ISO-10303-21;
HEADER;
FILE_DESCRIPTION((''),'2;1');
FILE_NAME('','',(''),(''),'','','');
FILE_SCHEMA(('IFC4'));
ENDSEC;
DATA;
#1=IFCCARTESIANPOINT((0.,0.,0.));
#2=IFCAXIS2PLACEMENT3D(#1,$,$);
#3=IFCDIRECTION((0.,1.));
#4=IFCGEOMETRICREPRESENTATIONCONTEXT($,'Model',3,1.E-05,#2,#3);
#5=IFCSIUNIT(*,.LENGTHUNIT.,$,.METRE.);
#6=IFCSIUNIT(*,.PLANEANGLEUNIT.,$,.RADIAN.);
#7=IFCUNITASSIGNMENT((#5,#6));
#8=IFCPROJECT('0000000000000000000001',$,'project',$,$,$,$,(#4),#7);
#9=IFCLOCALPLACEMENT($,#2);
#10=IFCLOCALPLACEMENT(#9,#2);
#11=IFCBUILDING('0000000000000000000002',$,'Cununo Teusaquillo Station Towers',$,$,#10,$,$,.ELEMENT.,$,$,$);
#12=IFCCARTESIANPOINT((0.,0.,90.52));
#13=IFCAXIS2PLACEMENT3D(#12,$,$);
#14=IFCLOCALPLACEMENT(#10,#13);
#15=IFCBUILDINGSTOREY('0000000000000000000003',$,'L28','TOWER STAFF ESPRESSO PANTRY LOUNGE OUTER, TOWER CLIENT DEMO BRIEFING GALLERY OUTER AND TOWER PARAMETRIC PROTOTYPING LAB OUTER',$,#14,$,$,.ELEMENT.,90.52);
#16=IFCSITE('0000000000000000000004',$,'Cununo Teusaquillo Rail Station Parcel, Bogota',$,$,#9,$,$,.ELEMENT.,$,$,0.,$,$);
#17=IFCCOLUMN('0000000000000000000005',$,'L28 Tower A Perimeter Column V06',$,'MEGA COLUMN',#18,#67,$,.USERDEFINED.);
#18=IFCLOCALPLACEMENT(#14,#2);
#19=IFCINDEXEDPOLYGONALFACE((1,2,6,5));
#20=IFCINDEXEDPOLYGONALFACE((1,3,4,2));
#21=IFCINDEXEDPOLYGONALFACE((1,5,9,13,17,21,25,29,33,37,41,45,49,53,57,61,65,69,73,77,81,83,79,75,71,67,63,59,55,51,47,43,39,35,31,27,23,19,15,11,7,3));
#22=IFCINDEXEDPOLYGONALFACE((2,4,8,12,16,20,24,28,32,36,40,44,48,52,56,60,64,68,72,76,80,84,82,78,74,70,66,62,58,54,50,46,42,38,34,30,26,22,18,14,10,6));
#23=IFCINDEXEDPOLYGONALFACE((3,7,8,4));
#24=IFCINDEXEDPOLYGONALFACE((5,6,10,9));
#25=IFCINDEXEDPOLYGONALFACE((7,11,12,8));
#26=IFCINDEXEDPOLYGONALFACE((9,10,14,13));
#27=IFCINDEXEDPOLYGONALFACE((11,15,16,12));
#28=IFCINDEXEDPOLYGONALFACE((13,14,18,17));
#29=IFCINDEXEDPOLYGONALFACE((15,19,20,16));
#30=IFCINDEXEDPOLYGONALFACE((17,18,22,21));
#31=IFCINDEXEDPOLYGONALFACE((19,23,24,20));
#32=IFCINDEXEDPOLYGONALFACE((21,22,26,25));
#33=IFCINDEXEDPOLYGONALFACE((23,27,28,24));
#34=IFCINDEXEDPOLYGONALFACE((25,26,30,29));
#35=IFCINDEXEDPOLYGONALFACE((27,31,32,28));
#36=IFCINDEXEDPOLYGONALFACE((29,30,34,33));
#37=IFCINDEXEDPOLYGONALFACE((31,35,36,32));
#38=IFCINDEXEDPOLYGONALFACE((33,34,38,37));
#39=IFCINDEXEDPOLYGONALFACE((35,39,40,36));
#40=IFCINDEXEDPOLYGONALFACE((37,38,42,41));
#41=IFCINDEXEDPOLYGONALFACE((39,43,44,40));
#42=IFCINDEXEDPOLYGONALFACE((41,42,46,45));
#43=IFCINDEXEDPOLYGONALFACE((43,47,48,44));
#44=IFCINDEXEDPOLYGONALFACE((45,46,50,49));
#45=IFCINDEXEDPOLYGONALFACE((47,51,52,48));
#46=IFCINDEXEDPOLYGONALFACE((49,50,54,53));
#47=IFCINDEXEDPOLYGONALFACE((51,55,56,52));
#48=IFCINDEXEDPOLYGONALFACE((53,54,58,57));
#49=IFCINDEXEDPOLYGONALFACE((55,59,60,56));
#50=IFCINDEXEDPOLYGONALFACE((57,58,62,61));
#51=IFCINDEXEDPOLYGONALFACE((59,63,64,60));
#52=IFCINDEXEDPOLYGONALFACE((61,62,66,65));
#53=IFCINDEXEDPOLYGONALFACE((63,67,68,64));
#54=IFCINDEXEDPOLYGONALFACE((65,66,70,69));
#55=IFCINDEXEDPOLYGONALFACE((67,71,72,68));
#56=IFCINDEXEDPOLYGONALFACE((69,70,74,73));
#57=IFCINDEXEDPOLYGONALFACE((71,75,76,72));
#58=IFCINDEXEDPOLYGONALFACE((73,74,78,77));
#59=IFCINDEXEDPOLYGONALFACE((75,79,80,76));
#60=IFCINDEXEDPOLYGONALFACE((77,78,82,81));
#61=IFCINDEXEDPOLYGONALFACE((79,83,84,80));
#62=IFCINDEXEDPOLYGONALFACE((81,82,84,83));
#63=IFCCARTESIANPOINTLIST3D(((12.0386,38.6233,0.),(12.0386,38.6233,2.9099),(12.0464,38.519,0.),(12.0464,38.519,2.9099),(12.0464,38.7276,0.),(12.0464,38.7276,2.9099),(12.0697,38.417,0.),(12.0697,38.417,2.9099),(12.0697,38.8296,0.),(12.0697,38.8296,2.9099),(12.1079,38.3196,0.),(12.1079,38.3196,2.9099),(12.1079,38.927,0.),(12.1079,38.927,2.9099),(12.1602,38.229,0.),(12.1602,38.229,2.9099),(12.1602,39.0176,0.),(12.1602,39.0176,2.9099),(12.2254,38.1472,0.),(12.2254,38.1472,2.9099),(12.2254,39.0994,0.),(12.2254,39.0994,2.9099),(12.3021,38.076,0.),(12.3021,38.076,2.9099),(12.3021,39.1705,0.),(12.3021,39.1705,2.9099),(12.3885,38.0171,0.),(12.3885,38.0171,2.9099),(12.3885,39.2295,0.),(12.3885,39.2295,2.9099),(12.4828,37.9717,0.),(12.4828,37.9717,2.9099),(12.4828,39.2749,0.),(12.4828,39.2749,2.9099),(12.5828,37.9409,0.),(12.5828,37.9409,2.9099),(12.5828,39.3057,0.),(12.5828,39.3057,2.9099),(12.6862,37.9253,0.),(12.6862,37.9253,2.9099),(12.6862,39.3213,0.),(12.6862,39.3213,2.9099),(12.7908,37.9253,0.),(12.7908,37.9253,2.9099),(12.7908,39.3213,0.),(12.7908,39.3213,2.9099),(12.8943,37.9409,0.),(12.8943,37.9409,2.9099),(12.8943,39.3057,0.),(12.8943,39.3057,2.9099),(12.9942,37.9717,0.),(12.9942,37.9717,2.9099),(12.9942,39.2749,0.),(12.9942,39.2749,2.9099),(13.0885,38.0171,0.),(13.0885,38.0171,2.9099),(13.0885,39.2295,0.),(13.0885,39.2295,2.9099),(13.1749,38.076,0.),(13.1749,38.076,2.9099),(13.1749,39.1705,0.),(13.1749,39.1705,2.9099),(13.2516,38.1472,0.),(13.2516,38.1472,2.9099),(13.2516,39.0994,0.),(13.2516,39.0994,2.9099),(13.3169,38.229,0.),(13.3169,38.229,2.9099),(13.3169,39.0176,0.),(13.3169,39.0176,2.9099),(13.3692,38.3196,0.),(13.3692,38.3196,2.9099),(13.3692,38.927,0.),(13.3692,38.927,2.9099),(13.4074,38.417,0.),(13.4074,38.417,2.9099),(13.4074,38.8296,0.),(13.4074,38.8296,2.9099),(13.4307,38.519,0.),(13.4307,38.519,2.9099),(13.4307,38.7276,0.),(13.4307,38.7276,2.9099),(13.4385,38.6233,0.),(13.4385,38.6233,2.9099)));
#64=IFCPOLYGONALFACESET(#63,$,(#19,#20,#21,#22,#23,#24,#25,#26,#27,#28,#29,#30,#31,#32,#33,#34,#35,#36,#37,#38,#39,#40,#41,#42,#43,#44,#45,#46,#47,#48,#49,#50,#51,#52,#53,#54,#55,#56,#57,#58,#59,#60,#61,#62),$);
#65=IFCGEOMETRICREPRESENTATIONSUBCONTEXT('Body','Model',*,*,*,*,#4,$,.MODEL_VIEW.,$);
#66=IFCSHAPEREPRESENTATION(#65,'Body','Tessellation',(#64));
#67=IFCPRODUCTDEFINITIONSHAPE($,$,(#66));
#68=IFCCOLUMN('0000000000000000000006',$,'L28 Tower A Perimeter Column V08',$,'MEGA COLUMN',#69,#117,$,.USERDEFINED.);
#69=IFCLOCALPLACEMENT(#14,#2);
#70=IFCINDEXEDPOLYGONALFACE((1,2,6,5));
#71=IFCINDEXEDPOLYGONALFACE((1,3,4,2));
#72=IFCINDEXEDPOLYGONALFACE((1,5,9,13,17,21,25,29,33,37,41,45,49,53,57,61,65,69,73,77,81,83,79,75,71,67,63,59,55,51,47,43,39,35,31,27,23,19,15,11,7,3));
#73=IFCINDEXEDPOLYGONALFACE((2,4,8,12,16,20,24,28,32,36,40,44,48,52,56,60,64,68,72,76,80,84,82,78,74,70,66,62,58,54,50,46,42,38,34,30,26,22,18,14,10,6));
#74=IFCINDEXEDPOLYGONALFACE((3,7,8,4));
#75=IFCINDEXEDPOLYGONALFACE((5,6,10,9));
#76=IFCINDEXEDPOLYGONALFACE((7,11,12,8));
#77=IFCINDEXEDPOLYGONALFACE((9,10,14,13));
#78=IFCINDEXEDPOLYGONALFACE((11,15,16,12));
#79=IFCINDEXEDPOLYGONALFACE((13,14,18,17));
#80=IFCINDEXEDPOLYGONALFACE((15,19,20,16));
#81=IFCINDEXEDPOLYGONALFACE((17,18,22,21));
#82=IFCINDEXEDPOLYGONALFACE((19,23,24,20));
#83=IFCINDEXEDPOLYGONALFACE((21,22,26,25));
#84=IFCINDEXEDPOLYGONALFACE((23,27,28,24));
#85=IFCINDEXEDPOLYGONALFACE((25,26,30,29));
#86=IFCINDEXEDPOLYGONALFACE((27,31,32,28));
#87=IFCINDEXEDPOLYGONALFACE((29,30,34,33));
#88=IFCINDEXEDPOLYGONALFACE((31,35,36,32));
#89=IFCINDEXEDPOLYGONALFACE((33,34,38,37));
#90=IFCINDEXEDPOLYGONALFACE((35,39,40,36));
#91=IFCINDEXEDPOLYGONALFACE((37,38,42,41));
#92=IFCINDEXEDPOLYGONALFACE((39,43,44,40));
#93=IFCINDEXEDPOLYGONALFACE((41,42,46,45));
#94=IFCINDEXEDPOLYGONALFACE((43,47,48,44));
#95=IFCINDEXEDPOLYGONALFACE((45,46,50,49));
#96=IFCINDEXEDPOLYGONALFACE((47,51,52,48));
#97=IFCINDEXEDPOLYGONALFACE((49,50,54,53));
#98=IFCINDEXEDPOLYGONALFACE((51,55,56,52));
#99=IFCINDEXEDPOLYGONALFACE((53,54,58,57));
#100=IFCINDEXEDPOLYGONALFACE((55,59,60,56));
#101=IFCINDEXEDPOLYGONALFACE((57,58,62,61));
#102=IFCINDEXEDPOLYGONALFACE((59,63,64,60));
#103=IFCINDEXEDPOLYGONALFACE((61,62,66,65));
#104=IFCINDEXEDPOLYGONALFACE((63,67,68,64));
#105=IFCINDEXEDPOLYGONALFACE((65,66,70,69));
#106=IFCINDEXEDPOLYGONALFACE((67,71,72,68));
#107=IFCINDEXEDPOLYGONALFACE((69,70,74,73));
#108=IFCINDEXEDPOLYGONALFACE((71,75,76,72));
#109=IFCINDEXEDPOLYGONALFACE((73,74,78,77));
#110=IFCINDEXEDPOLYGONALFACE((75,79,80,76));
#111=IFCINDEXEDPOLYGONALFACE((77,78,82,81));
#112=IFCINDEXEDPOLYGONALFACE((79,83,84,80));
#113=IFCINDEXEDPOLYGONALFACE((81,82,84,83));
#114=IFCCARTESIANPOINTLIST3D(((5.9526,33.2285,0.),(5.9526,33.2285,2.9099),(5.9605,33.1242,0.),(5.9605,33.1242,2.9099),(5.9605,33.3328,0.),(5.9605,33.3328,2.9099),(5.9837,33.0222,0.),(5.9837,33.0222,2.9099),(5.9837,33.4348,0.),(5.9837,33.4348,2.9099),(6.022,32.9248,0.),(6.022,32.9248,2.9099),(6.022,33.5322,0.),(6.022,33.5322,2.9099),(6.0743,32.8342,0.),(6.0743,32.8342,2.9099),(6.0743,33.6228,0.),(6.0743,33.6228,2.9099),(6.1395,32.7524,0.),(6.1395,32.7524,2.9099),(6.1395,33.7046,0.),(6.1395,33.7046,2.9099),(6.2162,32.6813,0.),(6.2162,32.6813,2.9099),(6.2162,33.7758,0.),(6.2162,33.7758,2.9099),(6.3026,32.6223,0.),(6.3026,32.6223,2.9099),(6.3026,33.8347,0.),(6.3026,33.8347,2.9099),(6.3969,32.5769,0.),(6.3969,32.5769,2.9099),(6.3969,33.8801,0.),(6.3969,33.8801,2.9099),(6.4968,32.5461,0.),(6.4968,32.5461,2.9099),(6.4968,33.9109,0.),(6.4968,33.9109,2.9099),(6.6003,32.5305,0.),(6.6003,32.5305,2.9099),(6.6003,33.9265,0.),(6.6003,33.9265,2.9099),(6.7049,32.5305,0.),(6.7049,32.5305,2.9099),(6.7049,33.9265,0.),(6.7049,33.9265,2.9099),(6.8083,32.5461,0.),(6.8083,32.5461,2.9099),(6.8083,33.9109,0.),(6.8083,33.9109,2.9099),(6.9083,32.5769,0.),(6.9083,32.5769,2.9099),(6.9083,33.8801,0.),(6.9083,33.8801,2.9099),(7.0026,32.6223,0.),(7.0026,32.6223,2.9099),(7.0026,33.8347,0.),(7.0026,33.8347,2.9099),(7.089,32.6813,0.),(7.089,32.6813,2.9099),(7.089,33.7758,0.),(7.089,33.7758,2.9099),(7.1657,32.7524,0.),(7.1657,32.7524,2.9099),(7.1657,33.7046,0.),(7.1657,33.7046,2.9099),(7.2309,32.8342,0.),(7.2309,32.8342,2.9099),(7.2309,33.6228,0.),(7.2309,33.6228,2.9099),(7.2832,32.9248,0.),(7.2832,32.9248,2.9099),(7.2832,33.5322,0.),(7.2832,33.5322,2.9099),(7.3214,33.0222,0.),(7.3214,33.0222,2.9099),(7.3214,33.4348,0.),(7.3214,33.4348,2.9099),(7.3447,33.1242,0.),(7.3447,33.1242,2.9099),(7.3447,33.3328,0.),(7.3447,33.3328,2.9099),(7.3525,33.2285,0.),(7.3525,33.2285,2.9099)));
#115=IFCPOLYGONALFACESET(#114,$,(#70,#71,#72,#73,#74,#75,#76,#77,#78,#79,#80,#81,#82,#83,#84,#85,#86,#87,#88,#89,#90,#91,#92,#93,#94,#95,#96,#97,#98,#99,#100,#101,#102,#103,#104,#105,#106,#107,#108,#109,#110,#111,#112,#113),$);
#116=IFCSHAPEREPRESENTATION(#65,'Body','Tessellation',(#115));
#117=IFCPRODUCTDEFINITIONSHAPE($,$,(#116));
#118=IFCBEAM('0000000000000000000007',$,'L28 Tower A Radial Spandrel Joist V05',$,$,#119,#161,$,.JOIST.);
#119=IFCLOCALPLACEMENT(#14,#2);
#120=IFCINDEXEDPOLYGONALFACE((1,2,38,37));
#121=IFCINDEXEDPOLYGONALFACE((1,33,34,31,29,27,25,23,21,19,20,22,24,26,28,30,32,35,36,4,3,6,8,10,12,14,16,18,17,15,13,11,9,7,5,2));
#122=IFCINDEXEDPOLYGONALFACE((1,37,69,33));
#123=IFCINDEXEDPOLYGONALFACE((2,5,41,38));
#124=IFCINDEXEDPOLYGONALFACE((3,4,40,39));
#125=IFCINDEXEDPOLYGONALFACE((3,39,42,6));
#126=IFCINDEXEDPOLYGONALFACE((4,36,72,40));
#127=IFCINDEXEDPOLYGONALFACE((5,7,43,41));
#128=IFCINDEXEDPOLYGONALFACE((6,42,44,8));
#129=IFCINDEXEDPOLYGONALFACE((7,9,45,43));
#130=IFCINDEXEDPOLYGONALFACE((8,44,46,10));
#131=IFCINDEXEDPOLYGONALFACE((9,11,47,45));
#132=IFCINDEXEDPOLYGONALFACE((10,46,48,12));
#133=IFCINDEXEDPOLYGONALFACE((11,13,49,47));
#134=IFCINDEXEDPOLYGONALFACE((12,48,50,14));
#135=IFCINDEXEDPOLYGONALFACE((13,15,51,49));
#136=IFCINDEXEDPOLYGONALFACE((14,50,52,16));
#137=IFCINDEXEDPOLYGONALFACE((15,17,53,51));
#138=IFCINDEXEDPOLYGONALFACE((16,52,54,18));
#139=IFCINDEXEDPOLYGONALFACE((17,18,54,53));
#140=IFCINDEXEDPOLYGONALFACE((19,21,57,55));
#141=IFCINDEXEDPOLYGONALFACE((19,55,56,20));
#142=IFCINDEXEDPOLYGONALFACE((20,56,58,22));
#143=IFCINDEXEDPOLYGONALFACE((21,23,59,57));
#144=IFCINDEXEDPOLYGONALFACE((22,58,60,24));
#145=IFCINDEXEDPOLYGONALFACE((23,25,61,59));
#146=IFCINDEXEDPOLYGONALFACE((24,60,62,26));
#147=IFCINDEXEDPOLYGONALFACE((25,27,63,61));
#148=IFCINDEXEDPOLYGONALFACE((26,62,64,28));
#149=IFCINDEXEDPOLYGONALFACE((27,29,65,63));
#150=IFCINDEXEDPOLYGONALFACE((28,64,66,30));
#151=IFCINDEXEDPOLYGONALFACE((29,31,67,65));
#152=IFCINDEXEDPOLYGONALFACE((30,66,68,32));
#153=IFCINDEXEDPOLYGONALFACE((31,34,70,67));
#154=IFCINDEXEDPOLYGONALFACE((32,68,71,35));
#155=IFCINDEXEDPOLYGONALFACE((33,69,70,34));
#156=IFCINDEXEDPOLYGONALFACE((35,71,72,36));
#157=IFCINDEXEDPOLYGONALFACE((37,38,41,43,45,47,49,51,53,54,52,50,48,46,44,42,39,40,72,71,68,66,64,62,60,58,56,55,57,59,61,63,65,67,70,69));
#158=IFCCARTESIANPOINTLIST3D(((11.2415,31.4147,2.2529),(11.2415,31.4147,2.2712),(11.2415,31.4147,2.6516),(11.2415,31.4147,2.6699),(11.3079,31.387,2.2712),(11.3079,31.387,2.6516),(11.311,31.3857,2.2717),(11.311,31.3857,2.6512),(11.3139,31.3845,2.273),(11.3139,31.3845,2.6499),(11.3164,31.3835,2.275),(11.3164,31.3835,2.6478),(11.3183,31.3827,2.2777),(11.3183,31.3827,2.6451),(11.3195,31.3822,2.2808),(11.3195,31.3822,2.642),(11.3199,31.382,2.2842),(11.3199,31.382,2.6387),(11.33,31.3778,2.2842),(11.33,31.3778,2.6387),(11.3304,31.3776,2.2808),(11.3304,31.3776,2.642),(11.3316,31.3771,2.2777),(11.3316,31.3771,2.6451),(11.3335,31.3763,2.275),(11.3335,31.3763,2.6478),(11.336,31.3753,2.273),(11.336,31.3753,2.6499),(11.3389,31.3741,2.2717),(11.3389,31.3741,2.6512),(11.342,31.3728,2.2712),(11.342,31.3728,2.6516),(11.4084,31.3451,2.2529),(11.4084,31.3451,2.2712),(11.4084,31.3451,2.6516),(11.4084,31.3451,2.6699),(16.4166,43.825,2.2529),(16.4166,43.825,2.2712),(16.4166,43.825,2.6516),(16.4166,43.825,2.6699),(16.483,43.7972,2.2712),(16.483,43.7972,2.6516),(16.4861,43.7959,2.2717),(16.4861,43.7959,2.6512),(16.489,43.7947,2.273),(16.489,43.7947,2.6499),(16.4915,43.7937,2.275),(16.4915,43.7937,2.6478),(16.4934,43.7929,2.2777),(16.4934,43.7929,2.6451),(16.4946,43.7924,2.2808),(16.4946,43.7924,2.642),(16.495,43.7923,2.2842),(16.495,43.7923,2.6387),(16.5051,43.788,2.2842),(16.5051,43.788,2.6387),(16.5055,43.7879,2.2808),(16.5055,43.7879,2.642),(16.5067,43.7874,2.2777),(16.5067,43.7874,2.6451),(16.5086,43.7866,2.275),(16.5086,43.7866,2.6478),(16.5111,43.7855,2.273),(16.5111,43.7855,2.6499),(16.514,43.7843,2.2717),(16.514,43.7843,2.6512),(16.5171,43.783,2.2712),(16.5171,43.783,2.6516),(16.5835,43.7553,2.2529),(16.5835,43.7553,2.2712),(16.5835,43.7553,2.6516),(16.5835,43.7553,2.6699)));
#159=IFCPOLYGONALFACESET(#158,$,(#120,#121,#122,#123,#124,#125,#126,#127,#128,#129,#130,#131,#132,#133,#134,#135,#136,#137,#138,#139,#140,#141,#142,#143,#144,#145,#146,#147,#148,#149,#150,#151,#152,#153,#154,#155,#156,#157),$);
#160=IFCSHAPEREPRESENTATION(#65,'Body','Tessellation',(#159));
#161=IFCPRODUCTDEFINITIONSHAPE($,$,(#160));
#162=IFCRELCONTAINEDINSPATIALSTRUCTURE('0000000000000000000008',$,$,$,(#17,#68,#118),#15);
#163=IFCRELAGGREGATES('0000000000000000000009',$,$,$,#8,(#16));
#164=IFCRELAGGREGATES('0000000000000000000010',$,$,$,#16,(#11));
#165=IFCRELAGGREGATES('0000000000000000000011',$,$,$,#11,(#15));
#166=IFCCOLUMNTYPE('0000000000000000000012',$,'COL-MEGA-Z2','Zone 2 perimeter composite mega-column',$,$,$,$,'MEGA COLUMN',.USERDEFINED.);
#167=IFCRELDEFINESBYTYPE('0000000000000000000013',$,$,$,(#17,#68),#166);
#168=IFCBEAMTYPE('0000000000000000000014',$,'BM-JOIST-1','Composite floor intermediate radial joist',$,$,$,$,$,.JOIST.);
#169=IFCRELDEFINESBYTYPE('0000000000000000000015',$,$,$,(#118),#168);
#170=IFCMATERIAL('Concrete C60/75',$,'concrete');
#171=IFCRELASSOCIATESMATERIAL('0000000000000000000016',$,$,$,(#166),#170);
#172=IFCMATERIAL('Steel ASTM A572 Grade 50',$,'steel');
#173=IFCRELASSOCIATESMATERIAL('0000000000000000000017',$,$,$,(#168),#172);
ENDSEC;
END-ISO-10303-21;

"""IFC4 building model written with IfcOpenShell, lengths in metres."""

from ifc_helpers import new_model, si_unit, direction, frame, origin, origin_2d, place, context, subcontext, project, spatial, circle, i_section, extrude, material, material_profile, profile_set, type_object, element, save


model = new_model("IFC4")

# Units and contexts
model_context = context("Model", 3, precision=1e-05, world=origin(), true_north=direction((0.0, 1.0)))
body_context = subcontext(model_context, "Body", "Model", "MODEL_VIEW")
ifc_project = project(units=[si_unit("LENGTHUNIT", "METRE"), si_unit("PLANEANGLEUNIT", "RADIAN")], contexts=[model_context])

# Site, building, storey
site_placement = place(None, origin())
site = spatial("IfcSite", under=ifc_project, at=site_placement, Name="Cununo Teusaquillo Rail Station Parcel, Bogota", CompositionType="ELEMENT", RefElevation=0.0)
building_placement = place(site_placement, origin())
building = spatial("IfcBuilding", under=site, at=building_placement, Name="Cununo Teusaquillo Station Towers", CompositionType="ELEMENT")
storey_placement = place(building_placement, frame((0.0, 0.0, 90.52)))
storey = spatial("IfcBuildingStorey", under=building, at=storey_placement, Name="L28", Description="TOWER STAFF ESPRESSO PANTRY LOUNGE OUTER, TOWER CLIENT DEMO BRIEFING GALLERY OUTER AND TOWER PARAMETRIC PROTOTYPING LAB OUTER", CompositionType="ELEMENT", Elevation=90.52)

# Columns
ifc_material_1 = material(Name="Concrete C60/75", Category="concrete")
ifc_material_profile_1 = material_profile(ifc_material_1, circle(Radius=0.7, at=origin_2d()), Name="RC-CIRC-1400")
ifc_profile_set_1 = profile_set([ifc_material_profile_1], Name="Concrete C60/75")
column_type = type_object("IfcColumnType", Name="COL-MEGA-Z2", Description="Zone 2 perimeter composite mega-column", ElementType="MEGA COLUMN", PredefinedType="USERDEFINED", material=ifc_profile_set_1)
for number, where, z_axis, x_axis, name in (
    (1, (12.7385, 38.6233, 0.0), (0.0, 0.0, 1.0), (1.0, 0.0, 0.0), "L28 Tower A Perimeter Column V06"),
    (2, (6.6526, 33.2285, 0.0), (0.0, 0.0, 1.0), (1.0, 0.0, 0.0), "L28 Tower A Perimeter Column V08"),
):
    element("IfcColumn", number, at=place(storey_placement, frame(where, z_axis=z_axis, x_axis=x_axis)), inside=storey, type_object=column_type, Name=name, ObjectType="MEGA COLUMN", PredefinedType="USERDEFINED", context=body_context, shape_type="SweptSolid", body=[
        extrude(circle(Radius=0.7, at=origin_2d()), origin(), (0.0, 0.0, 1.0), 2.9099),
    ])

# Beam
ifc_material_2 = material(Name="Steel ASTM A572 Grade 50", Category="steel")
ifc_material_profile_2 = material_profile(ifc_material_2, i_section(OverallWidth=0.1809, OverallDepth=0.417, WebThickness=0.011, FlangeThickness=0.0183, FilletRadius=0.0129, at=origin_2d()), Name="W16X57")
ifc_profile_set_2 = profile_set([ifc_material_profile_2], Name="Steel ASTM A572 Grade 50")
beam_type_1 = type_object("IfcBeamType", Name="BM-JOIST-1", Description="Composite floor intermediate radial joist", PredefinedType="JOIST", material=ifc_profile_set_2)
beam_1_placement = place(storey_placement, frame((11.325, 31.3799, 2.4614), z_axis=(0.384878, 0.922967, 0.0), x_axis=(-0.922967, 0.384878, 0.0)))
element("IfcBeam", 3, at=beam_1_placement, inside=storey, type_object=beam_type_1, Name="L28 Tower A Radial Spandrel Joist V05", PredefinedType="JOIST", context=body_context, shape_type="SweptSolid", body=[
    extrude(i_section(OverallWidth=0.1809, OverallDepth=0.417, WebThickness=0.011, FlangeThickness=0.0183, FilletRadius=0.0129, at=origin_2d()), origin(), (0.0, 0.0, 1.0), 13.446),
])

save(model, "model.ifc")
